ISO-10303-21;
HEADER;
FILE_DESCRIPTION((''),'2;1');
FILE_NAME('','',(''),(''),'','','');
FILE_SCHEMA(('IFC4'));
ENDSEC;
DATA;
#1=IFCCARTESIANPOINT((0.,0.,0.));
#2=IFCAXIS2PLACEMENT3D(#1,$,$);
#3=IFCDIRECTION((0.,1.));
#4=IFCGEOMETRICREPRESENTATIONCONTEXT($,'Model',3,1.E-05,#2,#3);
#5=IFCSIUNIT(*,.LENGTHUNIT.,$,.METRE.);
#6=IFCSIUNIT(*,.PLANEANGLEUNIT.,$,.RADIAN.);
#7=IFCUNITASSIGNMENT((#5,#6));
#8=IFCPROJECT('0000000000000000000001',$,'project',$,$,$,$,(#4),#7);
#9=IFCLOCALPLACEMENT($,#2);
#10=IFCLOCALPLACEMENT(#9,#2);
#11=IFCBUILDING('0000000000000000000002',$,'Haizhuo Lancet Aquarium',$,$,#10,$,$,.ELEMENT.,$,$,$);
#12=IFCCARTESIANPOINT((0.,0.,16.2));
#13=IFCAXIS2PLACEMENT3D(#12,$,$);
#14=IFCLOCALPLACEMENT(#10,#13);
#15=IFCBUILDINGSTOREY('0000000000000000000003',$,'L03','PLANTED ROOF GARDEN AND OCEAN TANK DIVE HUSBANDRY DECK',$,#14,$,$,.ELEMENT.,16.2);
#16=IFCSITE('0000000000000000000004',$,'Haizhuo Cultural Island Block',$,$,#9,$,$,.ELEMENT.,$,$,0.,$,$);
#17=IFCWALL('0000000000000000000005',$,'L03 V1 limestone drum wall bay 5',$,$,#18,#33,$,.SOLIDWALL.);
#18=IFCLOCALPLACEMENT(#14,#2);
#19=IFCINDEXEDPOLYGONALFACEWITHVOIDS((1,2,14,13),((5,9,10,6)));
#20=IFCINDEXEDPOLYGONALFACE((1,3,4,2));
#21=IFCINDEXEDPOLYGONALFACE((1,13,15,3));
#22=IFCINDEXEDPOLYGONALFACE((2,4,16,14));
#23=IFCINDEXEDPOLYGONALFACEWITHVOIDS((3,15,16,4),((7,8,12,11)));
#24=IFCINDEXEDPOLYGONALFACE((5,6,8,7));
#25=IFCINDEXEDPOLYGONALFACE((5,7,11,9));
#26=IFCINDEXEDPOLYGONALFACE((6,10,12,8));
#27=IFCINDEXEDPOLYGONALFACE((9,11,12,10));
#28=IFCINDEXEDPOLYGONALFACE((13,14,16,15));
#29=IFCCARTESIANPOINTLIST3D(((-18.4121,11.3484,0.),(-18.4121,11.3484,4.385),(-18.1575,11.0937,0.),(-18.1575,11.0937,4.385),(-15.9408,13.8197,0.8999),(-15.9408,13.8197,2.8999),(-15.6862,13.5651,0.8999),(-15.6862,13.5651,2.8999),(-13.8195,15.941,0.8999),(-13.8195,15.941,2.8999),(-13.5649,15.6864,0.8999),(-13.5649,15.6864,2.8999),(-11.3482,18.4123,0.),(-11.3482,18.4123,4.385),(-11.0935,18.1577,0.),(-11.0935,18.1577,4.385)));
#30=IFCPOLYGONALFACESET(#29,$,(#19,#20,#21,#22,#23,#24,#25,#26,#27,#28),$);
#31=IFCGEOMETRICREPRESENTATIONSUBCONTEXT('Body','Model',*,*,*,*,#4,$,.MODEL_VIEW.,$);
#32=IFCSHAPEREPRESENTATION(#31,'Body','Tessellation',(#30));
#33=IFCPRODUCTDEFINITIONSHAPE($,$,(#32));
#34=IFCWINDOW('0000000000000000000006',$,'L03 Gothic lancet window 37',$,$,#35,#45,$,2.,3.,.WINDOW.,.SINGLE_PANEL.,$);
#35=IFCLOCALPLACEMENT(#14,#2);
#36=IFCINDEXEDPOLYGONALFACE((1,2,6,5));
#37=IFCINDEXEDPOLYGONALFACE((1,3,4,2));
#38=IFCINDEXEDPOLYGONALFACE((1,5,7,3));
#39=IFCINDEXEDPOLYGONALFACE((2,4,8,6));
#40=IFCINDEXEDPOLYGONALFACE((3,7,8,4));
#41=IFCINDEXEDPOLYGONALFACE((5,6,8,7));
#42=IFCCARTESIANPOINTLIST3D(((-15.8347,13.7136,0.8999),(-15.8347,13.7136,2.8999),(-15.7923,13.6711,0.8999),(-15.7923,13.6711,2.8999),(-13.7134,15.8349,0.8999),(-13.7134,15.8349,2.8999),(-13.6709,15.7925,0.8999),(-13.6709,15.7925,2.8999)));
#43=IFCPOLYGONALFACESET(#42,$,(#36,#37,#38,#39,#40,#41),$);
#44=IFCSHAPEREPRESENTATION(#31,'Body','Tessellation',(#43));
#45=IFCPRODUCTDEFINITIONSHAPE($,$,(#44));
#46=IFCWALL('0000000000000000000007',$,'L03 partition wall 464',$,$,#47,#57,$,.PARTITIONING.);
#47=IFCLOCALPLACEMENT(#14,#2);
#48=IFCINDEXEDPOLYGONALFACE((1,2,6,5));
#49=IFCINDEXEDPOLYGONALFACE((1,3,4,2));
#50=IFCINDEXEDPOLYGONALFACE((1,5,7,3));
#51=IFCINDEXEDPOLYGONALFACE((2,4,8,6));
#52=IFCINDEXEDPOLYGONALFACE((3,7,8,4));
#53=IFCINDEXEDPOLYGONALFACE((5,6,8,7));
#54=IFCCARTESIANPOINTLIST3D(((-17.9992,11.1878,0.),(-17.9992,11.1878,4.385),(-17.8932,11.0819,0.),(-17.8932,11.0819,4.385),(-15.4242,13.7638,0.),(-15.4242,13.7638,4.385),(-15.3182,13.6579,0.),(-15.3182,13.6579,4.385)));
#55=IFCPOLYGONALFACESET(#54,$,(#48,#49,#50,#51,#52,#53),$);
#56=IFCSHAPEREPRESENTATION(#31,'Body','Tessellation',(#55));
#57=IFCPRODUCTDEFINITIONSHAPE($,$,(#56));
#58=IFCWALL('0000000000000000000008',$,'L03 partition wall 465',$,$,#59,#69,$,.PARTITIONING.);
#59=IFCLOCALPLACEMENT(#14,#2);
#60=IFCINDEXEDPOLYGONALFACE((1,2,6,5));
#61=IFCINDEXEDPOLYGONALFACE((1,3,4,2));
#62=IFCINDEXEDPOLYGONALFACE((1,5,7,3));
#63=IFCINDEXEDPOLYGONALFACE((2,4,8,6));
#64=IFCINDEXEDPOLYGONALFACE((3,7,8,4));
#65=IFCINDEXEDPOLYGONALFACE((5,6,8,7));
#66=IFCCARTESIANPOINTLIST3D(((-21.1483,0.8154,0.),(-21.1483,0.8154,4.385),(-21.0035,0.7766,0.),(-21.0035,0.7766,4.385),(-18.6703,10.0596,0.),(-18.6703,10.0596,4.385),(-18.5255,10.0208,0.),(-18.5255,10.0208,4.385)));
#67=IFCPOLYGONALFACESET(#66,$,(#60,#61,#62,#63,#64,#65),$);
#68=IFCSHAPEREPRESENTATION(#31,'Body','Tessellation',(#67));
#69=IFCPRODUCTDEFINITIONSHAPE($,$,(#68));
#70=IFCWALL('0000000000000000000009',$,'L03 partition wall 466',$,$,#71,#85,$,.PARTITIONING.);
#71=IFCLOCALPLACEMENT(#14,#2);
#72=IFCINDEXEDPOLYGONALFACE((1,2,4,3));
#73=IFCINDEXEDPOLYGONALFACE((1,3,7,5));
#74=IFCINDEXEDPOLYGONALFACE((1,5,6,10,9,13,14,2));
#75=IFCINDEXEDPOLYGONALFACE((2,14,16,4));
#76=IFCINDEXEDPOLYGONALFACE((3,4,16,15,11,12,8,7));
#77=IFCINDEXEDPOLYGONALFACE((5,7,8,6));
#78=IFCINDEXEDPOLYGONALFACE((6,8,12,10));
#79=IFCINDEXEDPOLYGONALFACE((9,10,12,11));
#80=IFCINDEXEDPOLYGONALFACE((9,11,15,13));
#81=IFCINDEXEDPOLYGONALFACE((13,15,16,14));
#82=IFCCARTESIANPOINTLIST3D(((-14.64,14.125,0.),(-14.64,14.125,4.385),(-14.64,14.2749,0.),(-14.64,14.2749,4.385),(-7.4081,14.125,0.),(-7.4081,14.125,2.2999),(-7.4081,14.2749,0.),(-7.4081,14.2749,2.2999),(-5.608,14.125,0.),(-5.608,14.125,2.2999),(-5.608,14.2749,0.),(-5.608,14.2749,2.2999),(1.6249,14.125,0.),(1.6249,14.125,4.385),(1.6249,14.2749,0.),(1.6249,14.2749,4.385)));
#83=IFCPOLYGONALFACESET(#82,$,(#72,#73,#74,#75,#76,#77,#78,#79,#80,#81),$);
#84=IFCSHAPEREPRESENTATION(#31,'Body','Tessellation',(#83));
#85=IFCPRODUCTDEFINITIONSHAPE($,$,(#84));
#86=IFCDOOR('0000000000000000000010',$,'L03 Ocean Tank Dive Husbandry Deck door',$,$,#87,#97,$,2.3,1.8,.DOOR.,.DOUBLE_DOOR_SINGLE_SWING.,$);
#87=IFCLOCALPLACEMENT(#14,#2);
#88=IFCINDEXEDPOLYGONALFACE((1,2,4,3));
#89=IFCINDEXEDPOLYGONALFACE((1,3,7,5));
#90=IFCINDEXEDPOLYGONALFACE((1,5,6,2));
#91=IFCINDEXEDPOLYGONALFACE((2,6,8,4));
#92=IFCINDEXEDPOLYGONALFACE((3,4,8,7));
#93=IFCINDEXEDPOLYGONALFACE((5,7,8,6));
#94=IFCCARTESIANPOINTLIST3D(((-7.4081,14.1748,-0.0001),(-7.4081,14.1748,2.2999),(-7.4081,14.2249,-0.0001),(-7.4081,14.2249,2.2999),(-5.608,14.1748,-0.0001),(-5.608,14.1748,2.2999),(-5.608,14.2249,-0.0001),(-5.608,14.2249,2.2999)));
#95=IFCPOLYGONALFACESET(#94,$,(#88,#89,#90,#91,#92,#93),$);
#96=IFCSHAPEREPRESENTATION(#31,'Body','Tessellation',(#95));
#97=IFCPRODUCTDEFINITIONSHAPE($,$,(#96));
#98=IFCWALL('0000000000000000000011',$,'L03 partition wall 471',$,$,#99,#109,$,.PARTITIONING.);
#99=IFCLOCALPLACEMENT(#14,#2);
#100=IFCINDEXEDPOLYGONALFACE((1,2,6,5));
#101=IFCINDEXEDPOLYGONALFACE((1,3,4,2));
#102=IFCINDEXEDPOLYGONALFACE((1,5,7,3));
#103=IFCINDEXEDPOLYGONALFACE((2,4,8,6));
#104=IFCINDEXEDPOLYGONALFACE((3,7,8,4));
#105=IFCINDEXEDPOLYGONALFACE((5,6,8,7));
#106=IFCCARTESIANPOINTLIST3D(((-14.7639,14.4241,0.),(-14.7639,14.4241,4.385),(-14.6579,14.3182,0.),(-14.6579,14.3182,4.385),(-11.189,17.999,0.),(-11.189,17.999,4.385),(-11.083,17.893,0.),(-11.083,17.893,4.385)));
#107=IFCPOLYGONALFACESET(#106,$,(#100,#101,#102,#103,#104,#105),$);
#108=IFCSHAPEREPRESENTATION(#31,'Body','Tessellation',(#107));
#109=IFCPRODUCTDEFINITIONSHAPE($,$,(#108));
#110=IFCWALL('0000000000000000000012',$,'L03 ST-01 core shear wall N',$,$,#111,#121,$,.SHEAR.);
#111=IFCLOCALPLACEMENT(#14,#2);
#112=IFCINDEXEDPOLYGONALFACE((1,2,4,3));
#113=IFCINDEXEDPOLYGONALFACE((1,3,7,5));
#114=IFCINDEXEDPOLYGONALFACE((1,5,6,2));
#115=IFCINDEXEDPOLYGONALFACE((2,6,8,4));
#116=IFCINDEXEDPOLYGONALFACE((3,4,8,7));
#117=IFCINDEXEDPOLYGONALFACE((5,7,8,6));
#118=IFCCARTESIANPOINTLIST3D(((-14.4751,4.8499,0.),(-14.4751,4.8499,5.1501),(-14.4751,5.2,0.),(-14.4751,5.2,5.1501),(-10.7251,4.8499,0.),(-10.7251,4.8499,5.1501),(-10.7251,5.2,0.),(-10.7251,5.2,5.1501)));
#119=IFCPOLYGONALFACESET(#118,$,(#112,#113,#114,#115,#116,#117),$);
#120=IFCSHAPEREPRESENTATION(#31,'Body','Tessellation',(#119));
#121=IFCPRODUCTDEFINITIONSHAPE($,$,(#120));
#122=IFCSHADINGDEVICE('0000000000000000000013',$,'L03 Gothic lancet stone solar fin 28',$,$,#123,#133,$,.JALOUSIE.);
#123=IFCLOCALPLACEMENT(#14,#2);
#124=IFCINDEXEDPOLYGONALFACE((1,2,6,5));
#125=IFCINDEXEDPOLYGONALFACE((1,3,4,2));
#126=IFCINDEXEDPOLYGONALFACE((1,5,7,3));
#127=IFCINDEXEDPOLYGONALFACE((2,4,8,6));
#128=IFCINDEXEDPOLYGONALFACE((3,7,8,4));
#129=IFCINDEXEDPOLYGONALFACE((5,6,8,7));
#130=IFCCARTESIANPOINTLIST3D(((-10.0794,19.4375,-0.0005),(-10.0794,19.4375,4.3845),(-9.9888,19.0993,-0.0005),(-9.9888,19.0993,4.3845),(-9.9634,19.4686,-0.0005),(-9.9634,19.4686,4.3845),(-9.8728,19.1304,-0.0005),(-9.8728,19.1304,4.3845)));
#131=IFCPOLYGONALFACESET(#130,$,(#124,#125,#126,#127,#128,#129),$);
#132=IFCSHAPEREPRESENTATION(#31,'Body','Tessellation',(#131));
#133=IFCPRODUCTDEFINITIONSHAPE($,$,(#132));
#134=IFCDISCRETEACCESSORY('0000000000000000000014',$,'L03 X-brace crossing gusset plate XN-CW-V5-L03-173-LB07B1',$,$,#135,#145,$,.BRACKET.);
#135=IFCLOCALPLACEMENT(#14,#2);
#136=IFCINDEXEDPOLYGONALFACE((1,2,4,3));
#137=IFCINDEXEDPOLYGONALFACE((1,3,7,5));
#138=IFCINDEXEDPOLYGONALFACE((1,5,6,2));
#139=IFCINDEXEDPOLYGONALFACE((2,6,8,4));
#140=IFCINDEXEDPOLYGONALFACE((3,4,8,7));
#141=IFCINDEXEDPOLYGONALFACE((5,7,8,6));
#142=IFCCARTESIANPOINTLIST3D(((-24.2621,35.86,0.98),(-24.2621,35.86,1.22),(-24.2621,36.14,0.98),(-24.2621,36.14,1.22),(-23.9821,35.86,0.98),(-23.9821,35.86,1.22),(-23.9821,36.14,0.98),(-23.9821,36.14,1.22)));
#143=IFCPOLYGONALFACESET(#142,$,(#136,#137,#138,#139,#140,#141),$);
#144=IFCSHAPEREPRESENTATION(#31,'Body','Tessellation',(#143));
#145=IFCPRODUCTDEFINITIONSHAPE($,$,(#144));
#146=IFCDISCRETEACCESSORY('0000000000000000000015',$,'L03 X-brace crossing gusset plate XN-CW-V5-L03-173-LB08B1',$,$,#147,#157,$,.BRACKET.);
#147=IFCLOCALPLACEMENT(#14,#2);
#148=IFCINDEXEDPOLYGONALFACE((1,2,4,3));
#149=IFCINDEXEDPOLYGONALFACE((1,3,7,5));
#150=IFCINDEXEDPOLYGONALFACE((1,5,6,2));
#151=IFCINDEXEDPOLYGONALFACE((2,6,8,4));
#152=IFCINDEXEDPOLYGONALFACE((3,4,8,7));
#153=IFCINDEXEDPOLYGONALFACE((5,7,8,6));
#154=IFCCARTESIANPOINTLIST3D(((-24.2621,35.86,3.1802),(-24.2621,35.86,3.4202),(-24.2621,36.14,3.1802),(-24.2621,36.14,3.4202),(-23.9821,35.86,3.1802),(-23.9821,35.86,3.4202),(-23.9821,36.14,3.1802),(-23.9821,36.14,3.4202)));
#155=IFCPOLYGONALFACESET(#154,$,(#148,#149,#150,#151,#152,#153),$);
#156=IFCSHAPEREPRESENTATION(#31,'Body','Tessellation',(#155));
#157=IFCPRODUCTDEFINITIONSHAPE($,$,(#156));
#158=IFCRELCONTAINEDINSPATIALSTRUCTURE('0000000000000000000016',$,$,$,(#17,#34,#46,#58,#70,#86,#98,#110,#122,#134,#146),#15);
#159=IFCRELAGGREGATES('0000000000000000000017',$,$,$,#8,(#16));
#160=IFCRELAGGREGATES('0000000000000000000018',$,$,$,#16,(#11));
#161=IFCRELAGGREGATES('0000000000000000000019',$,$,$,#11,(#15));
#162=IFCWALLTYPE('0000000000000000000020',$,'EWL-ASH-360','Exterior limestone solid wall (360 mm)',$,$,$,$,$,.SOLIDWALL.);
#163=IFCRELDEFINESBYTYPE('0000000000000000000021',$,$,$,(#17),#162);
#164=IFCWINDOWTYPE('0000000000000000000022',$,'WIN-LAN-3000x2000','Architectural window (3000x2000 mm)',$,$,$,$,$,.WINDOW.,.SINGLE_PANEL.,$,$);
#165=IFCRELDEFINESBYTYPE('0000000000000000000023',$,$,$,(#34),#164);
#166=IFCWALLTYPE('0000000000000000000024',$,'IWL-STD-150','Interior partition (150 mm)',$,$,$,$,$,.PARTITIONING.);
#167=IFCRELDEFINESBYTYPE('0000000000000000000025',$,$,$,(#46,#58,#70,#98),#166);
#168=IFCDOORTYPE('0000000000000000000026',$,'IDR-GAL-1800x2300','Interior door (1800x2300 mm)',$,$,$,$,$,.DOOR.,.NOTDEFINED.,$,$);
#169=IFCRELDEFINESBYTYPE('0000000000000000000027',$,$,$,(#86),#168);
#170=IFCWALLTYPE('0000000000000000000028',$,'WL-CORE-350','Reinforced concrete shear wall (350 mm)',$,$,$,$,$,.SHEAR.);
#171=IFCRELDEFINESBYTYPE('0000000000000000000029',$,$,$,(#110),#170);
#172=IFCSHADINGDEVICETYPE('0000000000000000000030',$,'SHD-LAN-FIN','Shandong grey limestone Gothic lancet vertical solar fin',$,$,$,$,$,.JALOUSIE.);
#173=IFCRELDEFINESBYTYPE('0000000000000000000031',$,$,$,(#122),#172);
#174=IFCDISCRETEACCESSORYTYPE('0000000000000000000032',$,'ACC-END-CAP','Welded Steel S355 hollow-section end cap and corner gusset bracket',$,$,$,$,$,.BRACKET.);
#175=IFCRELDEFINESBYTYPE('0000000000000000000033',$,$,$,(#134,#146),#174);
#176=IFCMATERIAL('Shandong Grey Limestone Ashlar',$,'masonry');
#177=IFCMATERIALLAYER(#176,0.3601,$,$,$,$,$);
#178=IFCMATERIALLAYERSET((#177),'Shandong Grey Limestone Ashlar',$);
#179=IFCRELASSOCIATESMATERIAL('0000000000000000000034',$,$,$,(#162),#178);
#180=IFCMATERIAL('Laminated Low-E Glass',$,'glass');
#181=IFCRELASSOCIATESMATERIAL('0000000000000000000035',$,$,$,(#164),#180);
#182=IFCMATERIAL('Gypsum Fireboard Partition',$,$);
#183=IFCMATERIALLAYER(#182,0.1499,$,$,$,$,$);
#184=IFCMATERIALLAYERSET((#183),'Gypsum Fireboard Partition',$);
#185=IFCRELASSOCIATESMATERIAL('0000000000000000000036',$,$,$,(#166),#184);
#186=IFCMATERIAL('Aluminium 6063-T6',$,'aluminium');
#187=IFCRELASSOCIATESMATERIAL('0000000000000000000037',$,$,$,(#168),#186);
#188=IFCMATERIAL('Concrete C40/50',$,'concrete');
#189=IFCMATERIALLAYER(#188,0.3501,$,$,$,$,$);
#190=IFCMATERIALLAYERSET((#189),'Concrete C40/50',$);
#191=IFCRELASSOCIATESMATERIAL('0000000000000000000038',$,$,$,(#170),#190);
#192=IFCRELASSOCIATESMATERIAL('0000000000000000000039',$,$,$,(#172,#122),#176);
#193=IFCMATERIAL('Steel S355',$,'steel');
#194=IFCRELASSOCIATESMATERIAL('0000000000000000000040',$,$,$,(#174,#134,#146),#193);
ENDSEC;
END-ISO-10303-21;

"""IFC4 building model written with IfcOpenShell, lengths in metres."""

from ifc_helpers import new_model, si_unit, direction, frame, frame_2d, origin, origin_2d, place, context, subcontext, project, spatial, rectangle, extrude, material, layer, layer_set, type_object, element, fill, save


model = new_model("IFC4")

# Units and contexts
model_context = context("Model", 3, precision=1e-05, world=origin(), true_north=direction((0.0, 1.0)))
body_context = subcontext(model_context, "Body", "Model", "MODEL_VIEW")
ifc_project = project(units=[si_unit("LENGTHUNIT", "METRE"), si_unit("PLANEANGLEUNIT", "RADIAN")], contexts=[model_context])

# Site, building, storey
site_placement = place(None, origin())
site = spatial("IfcSite", under=ifc_project, at=site_placement, Name="Haizhuo Cultural Island Block", CompositionType="ELEMENT", RefElevation=0.0)
building_placement = place(site_placement, origin())
building = spatial("IfcBuilding", under=site, at=building_placement, Name="Haizhuo Lancet Aquarium", CompositionType="ELEMENT")
storey_placement = place(building_placement, frame((0.0, 0.0, 16.2)))
storey = spatial("IfcBuildingStorey", under=building, at=storey_placement, Name="L03", Description="PLANTED ROOF GARDEN AND OCEAN TANK DIVE HUSBANDRY DECK", CompositionType="ELEMENT", Elevation=16.2)

# Shared definitions
ifc_material_1 = material(Name="Concrete C40/50", Category="concrete")
ifc_material_2 = material(Name="Steel S355", Category="steel")

# Shared definitions
ifc_material_3 = material(Name="Aluminium 6063-T6", Category="aluminium")

# Shared definitions
ifc_material_4 = material(Name="Laminated Low-E Glass", Category="glass")

# Wall, opening, window
ifc_material_5 = material(Name="Shandong Grey Limestone Ashlar", Category="masonry")
ifc_layer_1 = layer(ifc_material_5, 0.3601)
ifc_layer_set_1 = layer_set([ifc_layer_1], Name="Shandong Grey Limestone Ashlar")
wall_type_1 = type_object("IfcWallType", Name="EWL-ASH-360", Description="Exterior limestone solid wall (360 mm)", PredefinedType="SOLIDWALL", material=ifc_layer_set_1)
wall_1_placement = place(storey_placement, frame((-18.2849, 11.2209, 0.0), z_axis=(0.0, 0.0, 1.0), x_axis=(0.707107, 0.707107, 0.0)))
wall_1 = element("IfcWall", 1, at=wall_1_placement, inside=storey, type_object=wall_type_1, Name="L03 V1 limestone drum wall bay 5", PredefinedType="SOLIDWALL", context=body_context, shape_type="SweptSolid", body=[
    extrude(rectangle(XDim=9.99, YDim=0.3601, at=frame_2d((4.9951, 0.0))), origin(), (0.0, 0.0, 1.0), 4.385),
])
opening_1_placement = place(wall_1_placement, frame((3.4951, 0.0, 0.8999)))
opening_1 = element("IfcOpeningElement", 2, at=opening_1_placement, cuts=wall_1, PredefinedType="OPENING", context=body_context, shape_type="SweptSolid", body=[
    extrude(rectangle(XDim=3.0, YDim=2.0, at=frame_2d((1.5, 1.0))), frame((0.0, 0.1899, 0.0), z_axis=(0.0, -1.0, 0.0), x_axis=(1.0, 0.0, 0.0)), (0.0, 0.0, 1.0), 0.3801),
])
window_type_1 = type_object("IfcWindowType", Name="WIN-LAN-3000x2000", Description="Architectural window (3000x2000 mm)", PartitioningType="SINGLE_PANEL", PredefinedType="WINDOW", material=ifc_material_4)
window_1_placement = place(opening_1_placement, origin())
window_1 = element("IfcWindow", 3, at=window_1_placement, inside=storey, type_object=window_type_1, Name="L03 Gothic lancet window 37", OverallHeight=2.0, OverallWidth=3.0, PartitioningType="SINGLE_PANEL", PredefinedType="WINDOW", context=body_context, shape_type="SweptSolid", body=[
    extrude(rectangle(XDim=3.0, YDim=2.0, at=frame_2d((1.5, 1.0))), frame((0.0, 0.03, 0.0), z_axis=(0.0, -1.0, 0.0), x_axis=(1.0, 0.0, 0.0)), (0.0, 0.0, 1.0), 0.0601),
])
fill(opening_1, window_1)

# Walls
ifc_material_6 = material(Name="Gypsum Fireboard Partition")
ifc_layer_2 = layer(ifc_material_6, 0.1499)
ifc_layer_set_2 = layer_set([ifc_layer_2], Name="Gypsum Fireboard Partition")
wall_type_2 = type_object("IfcWallType", Name="IWL-STD-150", Description="Interior partition (150 mm)", PredefinedType="PARTITIONING", material=ifc_layer_set_2)
wall_2_placement = place(storey_placement, frame((-15.3711, 13.7109, 0.0), z_axis=(0.0, 0.0, 1.0), x_axis=(-0.706973, -0.707241, 0.0)))
element("IfcWall", 4, at=wall_2_placement, inside=storey, type_object=wall_type_2, Name="L03 partition wall 464", PredefinedType="PARTITIONING", context=body_context, shape_type="SweptSolid", body=[
    extrude(rectangle(XDim=3.6423, YDim=0.1499, at=frame_2d((1.8213, 0.0))), origin(), (0.0, 0.0, 1.0), 4.385),
])
wall_3_placement = place(storey_placement, frame((-18.5979, 10.04, 0.0), z_axis=(0.0, 0.0, 1.0), x_axis=(-0.258923, -0.965898, 0.0)))
element("IfcWall", 5, at=wall_3_placement, inside=storey, type_object=wall_type_2, Name="L03 partition wall 465", PredefinedType="PARTITIONING", context=body_context, shape_type="SweptSolid", body=[
    extrude(rectangle(XDim=9.5706, YDim=0.1499, at=frame_2d((4.7852, 0.0))), origin(), (0.0, 0.0, 1.0), 4.385),
])

# Wall, opening, door
wall_4_placement = place(storey_placement, frame((-14.6399, 14.2, 0.0), z_axis=(0.0, 0.0, 1.0), x_axis=(1.0, 0.0, 0.0)))
wall_4 = element("IfcWall", 6, at=wall_4_placement, inside=storey, type_object=wall_type_2, Name="L03 partition wall 466", PredefinedType="PARTITIONING", context=body_context, shape_type="SweptSolid", body=[
    extrude(rectangle(XDim=16.2649, YDim=0.1499, at=frame_2d((8.1323, 0.0))), origin(), (0.0, 0.0, 1.0), 4.385),
])
opening_2_placement = place(wall_4_placement, frame((7.2319, 0.0, 0.0)))
opening_2 = element("IfcOpeningElement", 7, at=opening_2_placement, cuts=wall_4, PredefinedType="OPENING", context=body_context, shape_type="SweptSolid", body=[
    extrude(rectangle(XDim=1.8, YDim=2.3, at=frame_2d((0.8999, 1.1499))), frame((0.0, 0.085, 0.0), z_axis=(0.0, -1.0, 0.0), x_axis=(1.0, 0.0, 0.0)), (0.0, 0.0, 1.0), 0.1699),
])
door_type = type_object("IfcDoorType", Name="IDR-GAL-1800x2300", Description="Interior door (1800x2300 mm)", OperationType="NOTDEFINED", PredefinedType="DOOR", material=ifc_material_3)
door_placement = place(opening_2_placement, origin())
door = element("IfcDoor", 8, at=door_placement, inside=storey, type_object=door_type, Name="L03 Ocean Tank Dive Husbandry Deck door", OperationType="DOUBLE_DOOR_SINGLE_SWING", OverallHeight=2.3, OverallWidth=1.8, PredefinedType="DOOR", context=body_context, shape_type="SweptSolid", body=[
    extrude(rectangle(XDim=1.8, YDim=2.3, at=frame_2d((0.8999, 1.1499))), frame((0.0, 0.0249, 0.0), z_axis=(0.0, -1.0, 0.0), x_axis=(1.0, 0.0, 0.0)), (0.0, 0.0, 1.0), 0.05),
])
fill(opening_2, door)

# Walls
wall_5_placement = place(storey_placement, frame((-11.136, 17.946, 0.0), z_axis=(0.0, 0.0, 1.0), x_axis=(-0.707107, -0.707107, 0.0)))
element("IfcWall", 9, at=wall_5_placement, inside=storey, type_object=wall_type_2, Name="L03 partition wall 471", PredefinedType="PARTITIONING", context=body_context, shape_type="SweptSolid", body=[
    extrude(rectangle(XDim=5.0557, YDim=0.1499, at=frame_2d((2.5278, 0.0))), origin(), (0.0, 0.0, 1.0), 4.385),
])
ifc_layer_3 = layer(ifc_material_1, 0.3501)
ifc_layer_set_3 = layer_set([ifc_layer_3], Name="Concrete C40/50")
wall_type_3 = type_object("IfcWallType", Name="WL-CORE-350", Description="Reinforced concrete shear wall (350 mm)", PredefinedType="SHEAR", material=ifc_layer_set_3)
wall_6_placement = place(storey_placement, frame((-14.4751, 5.0249, 0.0), z_axis=(0.0, 0.0, 1.0), x_axis=(1.0, 0.0, 0.0)))
element("IfcWall", 10, at=wall_6_placement, inside=storey, type_object=wall_type_3, Name="L03 ST-01 core shear wall N", PredefinedType="SHEAR", context=body_context, shape_type="SweptSolid", body=[
    extrude(rectangle(XDim=3.75, YDim=0.3501, at=frame_2d((1.875, 0.0))), origin(), (0.0, 0.0, 1.0), 5.1501),
])

# Shading device
shading_device_type = type_object("IfcShadingDeviceType", Name="SHD-LAN-FIN", Description="Shandong grey limestone Gothic lancet vertical solar fin", PredefinedType="JALOUSIE", material=ifc_material_5)
shading_device_placement = place(storey_placement, frame((-9.9761, 19.2839, -0.0005), z_axis=(0.0, 0.0, 1.0), x_axis=(0.965919, 0.258846, 0.0)))
element("IfcShadingDevice", 11, at=shading_device_placement, inside=storey, type_object=shading_device_type, material=ifc_material_5, Name="L03 Gothic lancet stone solar fin 28", PredefinedType="JALOUSIE", context=body_context, shape_type="SweptSolid", body=[
    extrude(rectangle(XDim=0.1201, YDim=0.3501, at=origin_2d()), origin(), (0.0, 0.0, 1.0), 4.385),
])

# Discrete accessories
discrete_accessory_type = type_object("IfcDiscreteAccessoryType", Name="ACC-END-CAP", Description="Welded Steel S355 hollow-section end cap and corner gusset bracket", PredefinedType="BRACKET", material=ifc_material_2)
for number, where, z_axis, x_axis, name in (
    (12, (-24.1221, 36.0, 0.98), (0.0, 0.0, 1.0), (1.0, 0.0, 0.0), "L03 X-brace crossing gusset plate XN-CW-V5-L03-173-LB07B1"),
    (13, (-24.1221, 36.0, 3.1802), (0.0, 0.0, 1.0), (1.0, 0.0, 0.0), "L03 X-brace crossing gusset plate XN-CW-V5-L03-173-LB08B1"),
):
    element("IfcDiscreteAccessory", number, at=place(storey_placement, frame(where, z_axis=z_axis, x_axis=x_axis)), inside=storey, type_object=discrete_accessory_type, material=ifc_material_2, Name=name, PredefinedType="BRACKET", context=body_context, shape_type="SweptSolid", body=[
        extrude(rectangle(XDim=0.28, YDim=0.28, at=origin_2d()), origin(), (0.0, 0.0, 1.0), 0.24),
    ])

save(model, "model.ifc")
